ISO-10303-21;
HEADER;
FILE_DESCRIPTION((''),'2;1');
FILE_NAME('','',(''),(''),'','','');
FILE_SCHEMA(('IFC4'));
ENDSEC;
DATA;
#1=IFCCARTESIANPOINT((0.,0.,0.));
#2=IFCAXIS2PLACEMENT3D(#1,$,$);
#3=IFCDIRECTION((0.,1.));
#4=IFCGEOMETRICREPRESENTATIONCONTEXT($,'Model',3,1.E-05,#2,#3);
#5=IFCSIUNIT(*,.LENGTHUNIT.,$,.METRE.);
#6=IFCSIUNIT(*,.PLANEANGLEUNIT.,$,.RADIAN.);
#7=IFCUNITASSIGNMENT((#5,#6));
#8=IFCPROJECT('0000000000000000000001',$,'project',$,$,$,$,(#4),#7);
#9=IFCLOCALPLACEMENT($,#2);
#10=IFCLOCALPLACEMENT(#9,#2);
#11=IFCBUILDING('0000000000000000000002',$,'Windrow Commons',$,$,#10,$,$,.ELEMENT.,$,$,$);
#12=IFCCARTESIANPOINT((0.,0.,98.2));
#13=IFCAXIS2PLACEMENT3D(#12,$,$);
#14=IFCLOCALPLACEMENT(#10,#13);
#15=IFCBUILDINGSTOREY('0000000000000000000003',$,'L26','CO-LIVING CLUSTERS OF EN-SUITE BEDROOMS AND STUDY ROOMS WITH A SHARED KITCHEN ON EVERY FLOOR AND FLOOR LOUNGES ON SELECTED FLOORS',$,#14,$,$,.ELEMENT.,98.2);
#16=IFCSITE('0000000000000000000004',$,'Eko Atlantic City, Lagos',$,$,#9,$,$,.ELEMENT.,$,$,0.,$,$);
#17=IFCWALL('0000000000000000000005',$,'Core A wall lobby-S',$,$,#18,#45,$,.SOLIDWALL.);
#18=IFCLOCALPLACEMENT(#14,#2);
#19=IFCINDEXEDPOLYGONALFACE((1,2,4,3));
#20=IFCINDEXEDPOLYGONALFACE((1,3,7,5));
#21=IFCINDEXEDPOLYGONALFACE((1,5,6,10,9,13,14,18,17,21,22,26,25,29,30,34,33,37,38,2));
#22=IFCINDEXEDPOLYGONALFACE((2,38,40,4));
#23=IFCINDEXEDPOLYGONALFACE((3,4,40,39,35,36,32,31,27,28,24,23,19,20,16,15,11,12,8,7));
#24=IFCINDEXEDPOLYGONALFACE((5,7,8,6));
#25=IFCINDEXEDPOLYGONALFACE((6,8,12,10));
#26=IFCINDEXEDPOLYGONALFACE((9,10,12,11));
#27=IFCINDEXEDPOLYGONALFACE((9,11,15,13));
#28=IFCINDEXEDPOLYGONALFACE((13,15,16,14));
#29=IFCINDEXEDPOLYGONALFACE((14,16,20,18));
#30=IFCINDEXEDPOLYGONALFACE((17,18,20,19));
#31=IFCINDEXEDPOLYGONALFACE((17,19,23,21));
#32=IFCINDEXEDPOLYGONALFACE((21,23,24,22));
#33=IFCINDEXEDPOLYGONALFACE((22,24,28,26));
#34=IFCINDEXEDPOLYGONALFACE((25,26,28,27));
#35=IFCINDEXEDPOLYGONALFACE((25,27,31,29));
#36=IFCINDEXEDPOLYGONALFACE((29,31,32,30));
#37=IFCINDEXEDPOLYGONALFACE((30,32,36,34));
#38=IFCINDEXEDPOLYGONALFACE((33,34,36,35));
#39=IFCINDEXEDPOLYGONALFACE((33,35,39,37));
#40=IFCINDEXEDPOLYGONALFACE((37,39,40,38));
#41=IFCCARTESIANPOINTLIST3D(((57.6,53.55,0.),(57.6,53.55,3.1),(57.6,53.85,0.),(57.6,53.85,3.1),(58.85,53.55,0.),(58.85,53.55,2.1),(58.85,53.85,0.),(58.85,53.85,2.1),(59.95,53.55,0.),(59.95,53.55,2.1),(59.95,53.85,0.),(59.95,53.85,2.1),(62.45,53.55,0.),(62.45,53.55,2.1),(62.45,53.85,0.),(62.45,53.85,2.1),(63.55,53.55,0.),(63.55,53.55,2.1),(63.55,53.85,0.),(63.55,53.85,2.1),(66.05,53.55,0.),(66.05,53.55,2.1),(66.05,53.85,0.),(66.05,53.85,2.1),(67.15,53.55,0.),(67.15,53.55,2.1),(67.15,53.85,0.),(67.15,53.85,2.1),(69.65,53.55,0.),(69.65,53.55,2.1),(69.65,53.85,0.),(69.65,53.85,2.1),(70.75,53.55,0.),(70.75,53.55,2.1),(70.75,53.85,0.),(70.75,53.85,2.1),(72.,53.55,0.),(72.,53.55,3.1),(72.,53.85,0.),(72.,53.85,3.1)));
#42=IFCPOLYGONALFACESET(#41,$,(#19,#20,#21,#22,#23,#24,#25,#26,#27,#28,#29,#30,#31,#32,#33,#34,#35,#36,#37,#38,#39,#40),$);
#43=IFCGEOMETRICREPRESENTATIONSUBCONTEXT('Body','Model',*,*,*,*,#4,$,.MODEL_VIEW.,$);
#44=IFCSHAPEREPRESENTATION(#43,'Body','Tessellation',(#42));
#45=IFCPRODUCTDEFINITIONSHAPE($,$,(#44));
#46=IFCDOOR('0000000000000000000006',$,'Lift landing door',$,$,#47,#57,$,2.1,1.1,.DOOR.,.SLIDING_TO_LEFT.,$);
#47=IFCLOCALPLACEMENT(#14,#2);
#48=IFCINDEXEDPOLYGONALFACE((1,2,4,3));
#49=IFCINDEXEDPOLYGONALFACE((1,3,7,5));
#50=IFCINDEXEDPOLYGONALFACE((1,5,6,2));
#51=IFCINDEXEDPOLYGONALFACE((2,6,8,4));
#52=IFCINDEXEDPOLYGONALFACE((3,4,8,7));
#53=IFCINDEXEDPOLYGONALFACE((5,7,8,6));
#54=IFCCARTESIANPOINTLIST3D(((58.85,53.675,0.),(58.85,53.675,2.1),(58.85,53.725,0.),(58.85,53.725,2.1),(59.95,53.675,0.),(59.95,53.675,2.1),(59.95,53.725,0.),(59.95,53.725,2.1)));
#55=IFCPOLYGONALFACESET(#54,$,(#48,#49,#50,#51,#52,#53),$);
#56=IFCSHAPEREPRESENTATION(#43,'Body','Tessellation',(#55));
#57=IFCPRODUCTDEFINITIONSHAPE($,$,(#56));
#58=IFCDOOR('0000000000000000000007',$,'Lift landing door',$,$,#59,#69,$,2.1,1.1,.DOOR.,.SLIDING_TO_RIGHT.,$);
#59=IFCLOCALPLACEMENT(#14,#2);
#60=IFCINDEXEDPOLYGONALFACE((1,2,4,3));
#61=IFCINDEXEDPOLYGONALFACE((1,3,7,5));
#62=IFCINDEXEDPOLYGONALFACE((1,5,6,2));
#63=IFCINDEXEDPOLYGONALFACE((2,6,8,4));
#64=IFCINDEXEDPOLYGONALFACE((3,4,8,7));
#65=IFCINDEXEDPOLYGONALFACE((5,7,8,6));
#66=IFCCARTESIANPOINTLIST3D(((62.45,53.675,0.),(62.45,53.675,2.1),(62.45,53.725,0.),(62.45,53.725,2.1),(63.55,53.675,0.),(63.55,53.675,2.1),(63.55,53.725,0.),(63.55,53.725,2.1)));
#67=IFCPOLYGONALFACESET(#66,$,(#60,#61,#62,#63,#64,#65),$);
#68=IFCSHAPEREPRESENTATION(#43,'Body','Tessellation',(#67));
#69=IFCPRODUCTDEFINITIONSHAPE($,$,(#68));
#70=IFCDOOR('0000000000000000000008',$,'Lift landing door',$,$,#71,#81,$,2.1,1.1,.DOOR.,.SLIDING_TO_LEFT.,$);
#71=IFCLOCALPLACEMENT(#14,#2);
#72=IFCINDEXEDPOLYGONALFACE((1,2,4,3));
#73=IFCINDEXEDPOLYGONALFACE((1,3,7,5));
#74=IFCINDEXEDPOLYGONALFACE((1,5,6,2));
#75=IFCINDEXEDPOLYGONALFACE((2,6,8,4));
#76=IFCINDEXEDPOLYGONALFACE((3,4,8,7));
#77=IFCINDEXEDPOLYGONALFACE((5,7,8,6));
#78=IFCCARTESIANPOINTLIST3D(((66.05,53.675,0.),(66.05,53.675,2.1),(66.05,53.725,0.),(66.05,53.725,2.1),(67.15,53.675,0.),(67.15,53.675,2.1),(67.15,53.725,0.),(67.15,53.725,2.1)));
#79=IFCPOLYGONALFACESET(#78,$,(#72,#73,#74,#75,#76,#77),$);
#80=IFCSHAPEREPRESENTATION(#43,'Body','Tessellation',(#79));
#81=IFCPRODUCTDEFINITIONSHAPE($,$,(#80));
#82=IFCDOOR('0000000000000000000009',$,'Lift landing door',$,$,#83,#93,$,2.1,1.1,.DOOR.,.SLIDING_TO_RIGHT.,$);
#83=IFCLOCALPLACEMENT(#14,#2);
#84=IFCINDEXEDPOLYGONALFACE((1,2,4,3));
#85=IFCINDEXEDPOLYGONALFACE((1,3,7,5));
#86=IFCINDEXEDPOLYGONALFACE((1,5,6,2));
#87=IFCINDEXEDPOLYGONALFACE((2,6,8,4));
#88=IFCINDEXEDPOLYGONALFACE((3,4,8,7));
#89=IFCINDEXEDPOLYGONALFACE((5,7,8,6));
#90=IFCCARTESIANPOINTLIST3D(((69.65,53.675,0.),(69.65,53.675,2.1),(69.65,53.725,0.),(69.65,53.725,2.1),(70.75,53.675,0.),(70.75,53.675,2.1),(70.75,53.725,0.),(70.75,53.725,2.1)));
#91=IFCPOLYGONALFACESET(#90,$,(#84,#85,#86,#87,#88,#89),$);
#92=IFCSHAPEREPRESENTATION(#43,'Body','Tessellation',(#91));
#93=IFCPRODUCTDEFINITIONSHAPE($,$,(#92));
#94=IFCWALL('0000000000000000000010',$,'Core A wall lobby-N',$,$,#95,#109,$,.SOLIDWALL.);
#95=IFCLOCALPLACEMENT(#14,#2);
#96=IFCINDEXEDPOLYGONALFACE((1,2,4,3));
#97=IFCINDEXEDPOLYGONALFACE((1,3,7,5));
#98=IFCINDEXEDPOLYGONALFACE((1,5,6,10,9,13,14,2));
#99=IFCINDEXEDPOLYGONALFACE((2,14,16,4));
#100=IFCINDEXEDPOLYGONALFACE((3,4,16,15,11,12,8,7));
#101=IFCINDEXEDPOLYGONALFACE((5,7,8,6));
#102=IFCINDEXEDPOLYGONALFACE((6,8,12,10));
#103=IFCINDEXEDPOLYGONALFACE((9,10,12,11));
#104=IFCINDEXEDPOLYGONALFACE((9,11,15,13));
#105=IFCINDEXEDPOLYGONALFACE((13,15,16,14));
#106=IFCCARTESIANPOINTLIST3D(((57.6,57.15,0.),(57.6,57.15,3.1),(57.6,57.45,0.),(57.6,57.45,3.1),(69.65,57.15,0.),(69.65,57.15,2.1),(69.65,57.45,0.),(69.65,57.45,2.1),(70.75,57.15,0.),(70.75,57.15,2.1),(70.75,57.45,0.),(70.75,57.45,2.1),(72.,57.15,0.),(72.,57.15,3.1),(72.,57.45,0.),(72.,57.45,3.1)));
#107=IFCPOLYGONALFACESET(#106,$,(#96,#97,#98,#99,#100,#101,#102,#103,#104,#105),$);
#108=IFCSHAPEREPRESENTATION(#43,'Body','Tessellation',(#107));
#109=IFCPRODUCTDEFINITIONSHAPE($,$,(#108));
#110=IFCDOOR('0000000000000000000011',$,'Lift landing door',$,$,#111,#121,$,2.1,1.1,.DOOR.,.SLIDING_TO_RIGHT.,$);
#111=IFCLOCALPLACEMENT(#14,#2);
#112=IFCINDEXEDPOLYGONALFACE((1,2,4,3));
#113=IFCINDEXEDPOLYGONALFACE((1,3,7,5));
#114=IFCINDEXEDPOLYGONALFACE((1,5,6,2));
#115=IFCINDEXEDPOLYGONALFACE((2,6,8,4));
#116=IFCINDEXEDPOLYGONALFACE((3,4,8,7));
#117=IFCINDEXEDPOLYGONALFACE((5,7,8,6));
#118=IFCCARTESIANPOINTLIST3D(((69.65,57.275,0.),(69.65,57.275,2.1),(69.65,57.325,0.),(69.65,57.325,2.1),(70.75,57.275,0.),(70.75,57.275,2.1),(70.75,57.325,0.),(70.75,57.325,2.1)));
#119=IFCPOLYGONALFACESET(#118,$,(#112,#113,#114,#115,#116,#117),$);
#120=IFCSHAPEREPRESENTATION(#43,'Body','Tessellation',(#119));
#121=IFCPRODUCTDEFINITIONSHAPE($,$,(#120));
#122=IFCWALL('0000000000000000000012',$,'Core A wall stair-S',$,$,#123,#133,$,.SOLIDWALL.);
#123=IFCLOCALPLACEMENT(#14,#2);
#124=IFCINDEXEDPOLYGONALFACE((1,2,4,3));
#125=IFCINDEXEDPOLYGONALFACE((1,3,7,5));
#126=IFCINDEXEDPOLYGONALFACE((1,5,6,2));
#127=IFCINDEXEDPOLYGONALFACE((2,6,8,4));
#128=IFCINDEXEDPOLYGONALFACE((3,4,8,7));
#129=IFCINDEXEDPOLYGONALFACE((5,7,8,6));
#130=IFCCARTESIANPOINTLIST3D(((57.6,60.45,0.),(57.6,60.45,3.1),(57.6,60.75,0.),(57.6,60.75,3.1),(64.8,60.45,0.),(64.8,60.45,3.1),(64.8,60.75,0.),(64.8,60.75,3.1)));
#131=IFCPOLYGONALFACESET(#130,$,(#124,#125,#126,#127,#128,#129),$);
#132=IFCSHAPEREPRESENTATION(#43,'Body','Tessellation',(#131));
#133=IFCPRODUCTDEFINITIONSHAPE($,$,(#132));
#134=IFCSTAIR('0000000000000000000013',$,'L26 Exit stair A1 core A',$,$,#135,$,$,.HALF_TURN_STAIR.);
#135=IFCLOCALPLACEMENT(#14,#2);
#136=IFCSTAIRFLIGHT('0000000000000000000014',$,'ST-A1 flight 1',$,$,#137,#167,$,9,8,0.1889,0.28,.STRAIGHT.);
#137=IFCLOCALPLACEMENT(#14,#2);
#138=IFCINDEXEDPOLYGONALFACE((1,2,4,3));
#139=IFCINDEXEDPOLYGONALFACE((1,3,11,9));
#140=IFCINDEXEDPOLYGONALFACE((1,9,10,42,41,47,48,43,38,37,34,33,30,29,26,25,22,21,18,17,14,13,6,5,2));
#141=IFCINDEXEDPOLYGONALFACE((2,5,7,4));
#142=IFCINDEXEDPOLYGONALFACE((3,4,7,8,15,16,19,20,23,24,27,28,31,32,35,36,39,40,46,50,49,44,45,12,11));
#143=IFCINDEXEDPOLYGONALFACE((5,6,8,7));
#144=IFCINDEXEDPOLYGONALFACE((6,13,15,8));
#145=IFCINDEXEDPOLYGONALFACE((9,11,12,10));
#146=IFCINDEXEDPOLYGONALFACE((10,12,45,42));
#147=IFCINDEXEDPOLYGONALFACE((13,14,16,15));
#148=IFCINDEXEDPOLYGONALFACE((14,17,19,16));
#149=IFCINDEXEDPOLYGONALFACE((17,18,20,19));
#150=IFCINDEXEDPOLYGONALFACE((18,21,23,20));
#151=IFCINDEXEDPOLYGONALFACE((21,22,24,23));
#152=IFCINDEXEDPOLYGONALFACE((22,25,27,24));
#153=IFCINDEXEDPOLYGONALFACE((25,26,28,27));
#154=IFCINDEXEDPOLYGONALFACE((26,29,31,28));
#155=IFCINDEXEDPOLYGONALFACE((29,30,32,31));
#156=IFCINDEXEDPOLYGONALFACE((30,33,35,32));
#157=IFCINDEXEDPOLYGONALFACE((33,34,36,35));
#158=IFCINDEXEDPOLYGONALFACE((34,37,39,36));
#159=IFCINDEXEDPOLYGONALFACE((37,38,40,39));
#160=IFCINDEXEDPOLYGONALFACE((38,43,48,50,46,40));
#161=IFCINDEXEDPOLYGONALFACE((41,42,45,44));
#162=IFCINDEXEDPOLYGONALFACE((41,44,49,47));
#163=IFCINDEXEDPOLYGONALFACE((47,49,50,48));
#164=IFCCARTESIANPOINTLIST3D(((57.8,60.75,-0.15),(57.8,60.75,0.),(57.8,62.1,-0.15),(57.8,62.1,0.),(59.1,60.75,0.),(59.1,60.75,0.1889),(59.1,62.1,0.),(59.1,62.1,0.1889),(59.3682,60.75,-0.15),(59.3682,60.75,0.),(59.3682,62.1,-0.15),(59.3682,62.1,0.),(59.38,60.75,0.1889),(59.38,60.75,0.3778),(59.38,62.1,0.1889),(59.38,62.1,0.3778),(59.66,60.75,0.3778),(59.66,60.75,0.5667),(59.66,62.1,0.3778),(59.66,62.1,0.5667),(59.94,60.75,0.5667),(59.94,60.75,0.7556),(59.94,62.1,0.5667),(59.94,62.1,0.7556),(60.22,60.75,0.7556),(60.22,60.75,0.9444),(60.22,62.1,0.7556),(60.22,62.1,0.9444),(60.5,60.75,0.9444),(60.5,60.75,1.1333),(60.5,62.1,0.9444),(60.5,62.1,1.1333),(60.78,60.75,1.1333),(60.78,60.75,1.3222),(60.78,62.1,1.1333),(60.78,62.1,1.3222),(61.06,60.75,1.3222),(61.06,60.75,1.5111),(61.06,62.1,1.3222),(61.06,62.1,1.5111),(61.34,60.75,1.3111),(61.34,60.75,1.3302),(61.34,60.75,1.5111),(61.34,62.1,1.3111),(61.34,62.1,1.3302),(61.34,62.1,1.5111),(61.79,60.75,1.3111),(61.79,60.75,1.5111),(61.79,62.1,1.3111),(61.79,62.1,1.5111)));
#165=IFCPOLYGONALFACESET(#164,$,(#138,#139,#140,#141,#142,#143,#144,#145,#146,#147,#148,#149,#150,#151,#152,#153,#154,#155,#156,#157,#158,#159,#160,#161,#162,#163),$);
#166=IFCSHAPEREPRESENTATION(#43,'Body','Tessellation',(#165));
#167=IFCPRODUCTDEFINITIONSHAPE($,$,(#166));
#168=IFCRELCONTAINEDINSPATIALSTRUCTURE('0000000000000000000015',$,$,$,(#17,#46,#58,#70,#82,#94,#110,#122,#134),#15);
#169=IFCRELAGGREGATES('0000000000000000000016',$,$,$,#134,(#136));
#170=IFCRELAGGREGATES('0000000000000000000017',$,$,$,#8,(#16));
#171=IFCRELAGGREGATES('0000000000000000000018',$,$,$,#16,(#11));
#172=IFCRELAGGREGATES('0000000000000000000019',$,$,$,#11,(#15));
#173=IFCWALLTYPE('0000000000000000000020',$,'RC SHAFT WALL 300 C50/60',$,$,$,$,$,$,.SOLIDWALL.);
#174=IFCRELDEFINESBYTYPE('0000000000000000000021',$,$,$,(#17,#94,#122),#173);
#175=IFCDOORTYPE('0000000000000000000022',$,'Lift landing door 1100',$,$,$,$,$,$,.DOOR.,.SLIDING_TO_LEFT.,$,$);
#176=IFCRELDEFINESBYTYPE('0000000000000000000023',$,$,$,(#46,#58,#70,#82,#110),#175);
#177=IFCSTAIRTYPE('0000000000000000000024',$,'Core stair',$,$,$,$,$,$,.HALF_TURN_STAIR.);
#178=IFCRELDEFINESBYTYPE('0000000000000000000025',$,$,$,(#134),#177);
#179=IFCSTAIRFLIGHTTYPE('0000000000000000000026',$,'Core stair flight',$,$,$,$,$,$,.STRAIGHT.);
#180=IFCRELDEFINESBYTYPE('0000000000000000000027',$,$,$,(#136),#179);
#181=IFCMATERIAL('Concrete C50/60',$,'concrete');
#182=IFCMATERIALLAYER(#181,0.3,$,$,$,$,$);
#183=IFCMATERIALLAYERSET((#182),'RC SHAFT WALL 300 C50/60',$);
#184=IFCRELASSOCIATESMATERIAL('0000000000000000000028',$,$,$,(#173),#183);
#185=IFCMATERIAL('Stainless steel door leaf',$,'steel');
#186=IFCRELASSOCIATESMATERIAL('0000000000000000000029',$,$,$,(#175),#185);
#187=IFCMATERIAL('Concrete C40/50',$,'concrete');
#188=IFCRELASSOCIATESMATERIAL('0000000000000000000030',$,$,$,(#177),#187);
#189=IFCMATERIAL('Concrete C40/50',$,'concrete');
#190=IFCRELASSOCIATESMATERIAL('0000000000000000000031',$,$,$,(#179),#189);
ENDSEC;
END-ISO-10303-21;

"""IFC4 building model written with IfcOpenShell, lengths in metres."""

from ifc_helpers import new_model, si_unit, direction, frame, frame_2d, origin, place, context, subcontext, project, spatial, polyline, rectangle, outline, extrude, material, layer, layer_set, type_object, element, fill, aggregate, save


model = new_model("IFC4")

# Units and contexts
model_context = context("Model", 3, precision=1e-05, world=origin(), true_north=direction((0.0, 1.0)))
body_context = subcontext(model_context, "Body", "Model", "MODEL_VIEW")
ifc_project = project(units=[si_unit("LENGTHUNIT", "METRE"), si_unit("PLANEANGLEUNIT", "RADIAN")], contexts=[model_context])

# Site, building, storey
site_placement = place(None, origin())
site = spatial("IfcSite", under=ifc_project, at=site_placement, Name="Eko Atlantic City, Lagos", CompositionType="ELEMENT", RefElevation=0.0)
building_placement = place(site_placement, origin())
building = spatial("IfcBuilding", under=site, at=building_placement, Name="Windrow Commons", CompositionType="ELEMENT")
storey_placement = place(building_placement, frame((0.0, 0.0, 98.2)))
storey = spatial("IfcBuildingStorey", under=building, at=storey_placement, Name="L26", Description="CO-LIVING CLUSTERS OF EN-SUITE BEDROOMS AND STUDY ROOMS WITH A SHARED KITCHEN ON EVERY FLOOR AND FLOOR LOUNGES ON SELECTED FLOORS", CompositionType="ELEMENT", Elevation=98.2)

# Wall, openings, doors
ifc_material_1 = material(Name="Concrete C50/60", Category="concrete")
ifc_layer_1 = layer(ifc_material_1, 0.3)
ifc_layer_set_1 = layer_set([ifc_layer_1], Name="RC SHAFT WALL 300 C50/60")
wall_type_1 = type_object("IfcWallType", Name="RC SHAFT WALL 300 C50/60", PredefinedType="SOLIDWALL", material=ifc_layer_set_1)
wall_1_placement = place(storey_placement, frame((57.6, 53.7, 0.0), z_axis=(0.0, 0.0, 1.0), x_axis=(1.0, 0.0, 0.0)))
wall_1 = element("IfcWall", 1, at=wall_1_placement, inside=storey, type_object=wall_type_1, Name="Core A wall lobby-S", PredefinedType="SOLIDWALL", context=body_context, shape_type="SweptSolid", body=[
    extrude(rectangle(XDim=14.4, YDim=0.3, at=frame_2d((7.2, 0.0))), origin(), (0.0, 0.0, 1.0), 3.1),
])
opening_1_placement = place(wall_1_placement, frame((1.25, 0.0, 0.0)))
opening_1 = element("IfcOpeningElement", 2, at=opening_1_placement, cuts=wall_1, PredefinedType="OPENING", context=body_context, shape_type="SweptSolid", body=[
    extrude(rectangle(XDim=1.1, YDim=2.1, at=frame_2d((0.55, 1.05))), frame((0.0, 0.16, 0.0), z_axis=(0.0, -1.0, 0.0), x_axis=(1.0, 0.0, 0.0)), (0.0, 0.0, 1.0), 0.32),
])
opening_2_placement = place(wall_1_placement, frame((4.85, 0.0, 0.0)))
opening_2 = element("IfcOpeningElement", 3, at=opening_2_placement, cuts=wall_1, PredefinedType="OPENING", context=body_context, shape_type="SweptSolid", body=[
    extrude(rectangle(XDim=1.1, YDim=2.1, at=frame_2d((0.55, 1.05))), frame((0.0, 0.16, 0.0), z_axis=(0.0, -1.0, 0.0), x_axis=(1.0, 0.0, 0.0)), (0.0, 0.0, 1.0), 0.32),
])
opening_3_placement = place(wall_1_placement, frame((8.45, 0.0, 0.0)))
opening_3 = element("IfcOpeningElement", 4, at=opening_3_placement, cuts=wall_1, PredefinedType="OPENING", context=body_context, shape_type="SweptSolid", body=[
    extrude(rectangle(XDim=1.1, YDim=2.1, at=frame_2d((0.55, 1.05))), frame((0.0, 0.16, 0.0), z_axis=(0.0, -1.0, 0.0), x_axis=(1.0, 0.0, 0.0)), (0.0, 0.0, 1.0), 0.32),
])
opening_4_placement = place(wall_1_placement, frame((12.05, 0.0, 0.0)))
opening_4 = element("IfcOpeningElement", 5, at=opening_4_placement, cuts=wall_1, PredefinedType="OPENING", context=body_context, shape_type="SweptSolid", body=[
    extrude(rectangle(XDim=1.1, YDim=2.1, at=frame_2d((0.55, 1.05))), frame((0.0, 0.16, 0.0), z_axis=(0.0, -1.0, 0.0), x_axis=(1.0, 0.0, 0.0)), (0.0, 0.0, 1.0), 0.32),
])
ifc_material_2 = material(Name="Stainless steel door leaf", Category="steel")
door_type_1 = type_object("IfcDoorType", Name="Lift landing door 1100", OperationType="SLIDING_TO_LEFT", PredefinedType="DOOR", material=ifc_material_2)
door_1_placement = place(opening_1_placement, origin())
door_1 = element("IfcDoor", 6, at=door_1_placement, inside=storey, type_object=door_type_1, Name="Lift landing door", OperationType="SLIDING_TO_LEFT", OverallHeight=2.1, OverallWidth=1.1, PredefinedType="DOOR", context=body_context, shape_type="SweptSolid", body=[
    extrude(rectangle(XDim=1.1, YDim=2.1, at=frame_2d((0.55, 1.05))), frame((0.0, 0.025, 0.0), z_axis=(0.0, -1.0, 0.0), x_axis=(1.0, 0.0, 0.0)), (0.0, 0.0, 1.0), 0.05),
])
fill(opening_1, door_1)
door_2_placement = place(opening_2_placement, origin())
door_2 = element("IfcDoor", 7, at=door_2_placement, inside=storey, type_object=door_type_1, Name="Lift landing door", OperationType="SLIDING_TO_RIGHT", OverallHeight=2.1, OverallWidth=1.1, PredefinedType="DOOR", context=body_context, shape_type="SweptSolid", body=[
    extrude(rectangle(XDim=1.1, YDim=2.1, at=frame_2d((0.55, 1.05))), frame((0.0, 0.025, 0.0), z_axis=(0.0, -1.0, 0.0), x_axis=(1.0, 0.0, 0.0)), (0.0, 0.0, 1.0), 0.05),
])
fill(opening_2, door_2)
door_3_placement = place(opening_3_placement, origin())
door_3 = element("IfcDoor", 8, at=door_3_placement, inside=storey, type_object=door_type_1, Name="Lift landing door", OperationType="SLIDING_TO_LEFT", OverallHeight=2.1, OverallWidth=1.1, PredefinedType="DOOR", context=body_context, shape_type="SweptSolid", body=[
    extrude(rectangle(XDim=1.1, YDim=2.1, at=frame_2d((0.55, 1.05))), frame((0.0, 0.025, 0.0), z_axis=(0.0, -1.0, 0.0), x_axis=(1.0, 0.0, 0.0)), (0.0, 0.0, 1.0), 0.05),
])
fill(opening_3, door_3)
door_4_placement = place(opening_4_placement, origin())
door_4 = element("IfcDoor", 9, at=door_4_placement, inside=storey, type_object=door_type_1, Name="Lift landing door", OperationType="SLIDING_TO_RIGHT", OverallHeight=2.1, OverallWidth=1.1, PredefinedType="DOOR", context=body_context, shape_type="SweptSolid", body=[
    extrude(rectangle(XDim=1.1, YDim=2.1, at=frame_2d((0.55, 1.05))), frame((0.0, 0.025, 0.0), z_axis=(0.0, -1.0, 0.0), x_axis=(1.0, 0.0, 0.0)), (0.0, 0.0, 1.0), 0.05),
])
fill(opening_4, door_4)

# Wall, opening, door
wall_2_placement = place(storey_placement, frame((57.6, 57.3, 0.0), z_axis=(0.0, 0.0, 1.0), x_axis=(1.0, 0.0, 0.0)))
wall_2 = element("IfcWall", 10, at=wall_2_placement, inside=storey, type_object=wall_type_1, Name="Core A wall lobby-N", PredefinedType="SOLIDWALL", context=body_context, shape_type="SweptSolid", body=[
    extrude(rectangle(XDim=14.4, YDim=0.3, at=frame_2d((7.2, 0.0))), origin(), (0.0, 0.0, 1.0), 3.1),
])
opening_5_placement = place(wall_2_placement, frame((12.05, 0.0, 0.0)))
opening_5 = element("IfcOpeningElement", 11, at=opening_5_placement, cuts=wall_2, PredefinedType="OPENING", context=body_context, shape_type="SweptSolid", body=[
    extrude(rectangle(XDim=1.1, YDim=2.1, at=frame_2d((0.55, 1.05))), frame((0.0, 0.16, 0.0), z_axis=(0.0, -1.0, 0.0), x_axis=(1.0, 0.0, 0.0)), (0.0, 0.0, 1.0), 0.32),
])
door_5_placement = place(opening_5_placement, origin())
door_5 = element("IfcDoor", 12, at=door_5_placement, inside=storey, type_object=door_type_1, Name="Lift landing door", OperationType="SLIDING_TO_RIGHT", OverallHeight=2.1, OverallWidth=1.1, PredefinedType="DOOR", context=body_context, shape_type="SweptSolid", body=[
    extrude(rectangle(XDim=1.1, YDim=2.1, at=frame_2d((0.55, 1.05))), frame((0.0, 0.025, 0.0), z_axis=(0.0, -1.0, 0.0), x_axis=(1.0, 0.0, 0.0)), (0.0, 0.0, 1.0), 0.05),
])
fill(opening_5, door_5)

# Wall
wall_3_placement = place(storey_placement, frame((57.6, 60.6, 0.0), z_axis=(0.0, 0.0, 1.0), x_axis=(1.0, 0.0, 0.0)))
element("IfcWall", 13, at=wall_3_placement, inside=storey, type_object=wall_type_1, Name="Core A wall stair-S", PredefinedType="SOLIDWALL", context=body_context, shape_type="SweptSolid", body=[
    extrude(rectangle(XDim=7.2, YDim=0.3, at=frame_2d((3.6, 0.0))), origin(), (0.0, 0.0, 1.0), 3.1),
])

# Stair, stair flight
ifc_material_3 = material(Name="Concrete C40/50", Category="concrete")
stair_type = type_object("IfcStairType", Name="Core stair", PredefinedType="HALF_TURN_STAIR", material=ifc_material_3)
stair_placement = place(storey_placement, origin())
stair = element("IfcStair", 14, at=stair_placement, inside=storey, type_object=stair_type, Name="L26 Exit stair A1 core A", PredefinedType="HALF_TURN_STAIR")
ifc_material_4 = material(Name="Concrete C40/50", Category="concrete")
stair_flight_type = type_object("IfcStairFlightType", Name="Core stair flight", PredefinedType="STRAIGHT", material=ifc_material_4)
stair_flight_placement = place(storey_placement, frame((59.1, 61.425, 0.0), z_axis=(0.0, 0.0, 1.0), x_axis=(1.0, 0.0, 0.0)))
stair_flight = element("IfcStairFlight", 15, at=stair_flight_placement, type_object=stair_flight_type, Name="ST-A1 flight 1", NumberOfRisers=9, NumberOfTreads=8, PredefinedType="STRAIGHT", RiserHeight=0.1889, TreadLength=0.28, context=body_context, shape_type="SweptSolid", body=[
    extrude(outline(polyline([(-1.3, -0.15), (-1.3, 0.0), (0.0, 0.0), (0.0, 0.1889), (0.28, 0.1889), (0.28, 0.3778), (0.56, 0.3778), (0.56, 0.5667), (0.84, 0.5667), (0.84, 0.7556), (1.12, 0.7556), (1.12, 0.9444), (1.4, 0.9444), (1.4, 1.1333), (1.68, 1.1333), (1.68, 1.3222), (1.96, 1.3222), (1.96, 1.5111), (2.24, 1.5111), (2.69, 1.5111), (2.69, 1.3111), (2.24, 1.3111), (2.24, 1.3302), (0.2682, 0.0), (0.2682, -0.15), (-1.3, -0.15)])), frame((0.0, 0.675, 0.0), z_axis=(0.0, -1.0, 0.0), x_axis=(1.0, 0.0, 0.0)), (0.0, 0.0, 1.0), 1.35),
])
aggregate(stair, [stair_flight])

save(model, "model.ifc")
